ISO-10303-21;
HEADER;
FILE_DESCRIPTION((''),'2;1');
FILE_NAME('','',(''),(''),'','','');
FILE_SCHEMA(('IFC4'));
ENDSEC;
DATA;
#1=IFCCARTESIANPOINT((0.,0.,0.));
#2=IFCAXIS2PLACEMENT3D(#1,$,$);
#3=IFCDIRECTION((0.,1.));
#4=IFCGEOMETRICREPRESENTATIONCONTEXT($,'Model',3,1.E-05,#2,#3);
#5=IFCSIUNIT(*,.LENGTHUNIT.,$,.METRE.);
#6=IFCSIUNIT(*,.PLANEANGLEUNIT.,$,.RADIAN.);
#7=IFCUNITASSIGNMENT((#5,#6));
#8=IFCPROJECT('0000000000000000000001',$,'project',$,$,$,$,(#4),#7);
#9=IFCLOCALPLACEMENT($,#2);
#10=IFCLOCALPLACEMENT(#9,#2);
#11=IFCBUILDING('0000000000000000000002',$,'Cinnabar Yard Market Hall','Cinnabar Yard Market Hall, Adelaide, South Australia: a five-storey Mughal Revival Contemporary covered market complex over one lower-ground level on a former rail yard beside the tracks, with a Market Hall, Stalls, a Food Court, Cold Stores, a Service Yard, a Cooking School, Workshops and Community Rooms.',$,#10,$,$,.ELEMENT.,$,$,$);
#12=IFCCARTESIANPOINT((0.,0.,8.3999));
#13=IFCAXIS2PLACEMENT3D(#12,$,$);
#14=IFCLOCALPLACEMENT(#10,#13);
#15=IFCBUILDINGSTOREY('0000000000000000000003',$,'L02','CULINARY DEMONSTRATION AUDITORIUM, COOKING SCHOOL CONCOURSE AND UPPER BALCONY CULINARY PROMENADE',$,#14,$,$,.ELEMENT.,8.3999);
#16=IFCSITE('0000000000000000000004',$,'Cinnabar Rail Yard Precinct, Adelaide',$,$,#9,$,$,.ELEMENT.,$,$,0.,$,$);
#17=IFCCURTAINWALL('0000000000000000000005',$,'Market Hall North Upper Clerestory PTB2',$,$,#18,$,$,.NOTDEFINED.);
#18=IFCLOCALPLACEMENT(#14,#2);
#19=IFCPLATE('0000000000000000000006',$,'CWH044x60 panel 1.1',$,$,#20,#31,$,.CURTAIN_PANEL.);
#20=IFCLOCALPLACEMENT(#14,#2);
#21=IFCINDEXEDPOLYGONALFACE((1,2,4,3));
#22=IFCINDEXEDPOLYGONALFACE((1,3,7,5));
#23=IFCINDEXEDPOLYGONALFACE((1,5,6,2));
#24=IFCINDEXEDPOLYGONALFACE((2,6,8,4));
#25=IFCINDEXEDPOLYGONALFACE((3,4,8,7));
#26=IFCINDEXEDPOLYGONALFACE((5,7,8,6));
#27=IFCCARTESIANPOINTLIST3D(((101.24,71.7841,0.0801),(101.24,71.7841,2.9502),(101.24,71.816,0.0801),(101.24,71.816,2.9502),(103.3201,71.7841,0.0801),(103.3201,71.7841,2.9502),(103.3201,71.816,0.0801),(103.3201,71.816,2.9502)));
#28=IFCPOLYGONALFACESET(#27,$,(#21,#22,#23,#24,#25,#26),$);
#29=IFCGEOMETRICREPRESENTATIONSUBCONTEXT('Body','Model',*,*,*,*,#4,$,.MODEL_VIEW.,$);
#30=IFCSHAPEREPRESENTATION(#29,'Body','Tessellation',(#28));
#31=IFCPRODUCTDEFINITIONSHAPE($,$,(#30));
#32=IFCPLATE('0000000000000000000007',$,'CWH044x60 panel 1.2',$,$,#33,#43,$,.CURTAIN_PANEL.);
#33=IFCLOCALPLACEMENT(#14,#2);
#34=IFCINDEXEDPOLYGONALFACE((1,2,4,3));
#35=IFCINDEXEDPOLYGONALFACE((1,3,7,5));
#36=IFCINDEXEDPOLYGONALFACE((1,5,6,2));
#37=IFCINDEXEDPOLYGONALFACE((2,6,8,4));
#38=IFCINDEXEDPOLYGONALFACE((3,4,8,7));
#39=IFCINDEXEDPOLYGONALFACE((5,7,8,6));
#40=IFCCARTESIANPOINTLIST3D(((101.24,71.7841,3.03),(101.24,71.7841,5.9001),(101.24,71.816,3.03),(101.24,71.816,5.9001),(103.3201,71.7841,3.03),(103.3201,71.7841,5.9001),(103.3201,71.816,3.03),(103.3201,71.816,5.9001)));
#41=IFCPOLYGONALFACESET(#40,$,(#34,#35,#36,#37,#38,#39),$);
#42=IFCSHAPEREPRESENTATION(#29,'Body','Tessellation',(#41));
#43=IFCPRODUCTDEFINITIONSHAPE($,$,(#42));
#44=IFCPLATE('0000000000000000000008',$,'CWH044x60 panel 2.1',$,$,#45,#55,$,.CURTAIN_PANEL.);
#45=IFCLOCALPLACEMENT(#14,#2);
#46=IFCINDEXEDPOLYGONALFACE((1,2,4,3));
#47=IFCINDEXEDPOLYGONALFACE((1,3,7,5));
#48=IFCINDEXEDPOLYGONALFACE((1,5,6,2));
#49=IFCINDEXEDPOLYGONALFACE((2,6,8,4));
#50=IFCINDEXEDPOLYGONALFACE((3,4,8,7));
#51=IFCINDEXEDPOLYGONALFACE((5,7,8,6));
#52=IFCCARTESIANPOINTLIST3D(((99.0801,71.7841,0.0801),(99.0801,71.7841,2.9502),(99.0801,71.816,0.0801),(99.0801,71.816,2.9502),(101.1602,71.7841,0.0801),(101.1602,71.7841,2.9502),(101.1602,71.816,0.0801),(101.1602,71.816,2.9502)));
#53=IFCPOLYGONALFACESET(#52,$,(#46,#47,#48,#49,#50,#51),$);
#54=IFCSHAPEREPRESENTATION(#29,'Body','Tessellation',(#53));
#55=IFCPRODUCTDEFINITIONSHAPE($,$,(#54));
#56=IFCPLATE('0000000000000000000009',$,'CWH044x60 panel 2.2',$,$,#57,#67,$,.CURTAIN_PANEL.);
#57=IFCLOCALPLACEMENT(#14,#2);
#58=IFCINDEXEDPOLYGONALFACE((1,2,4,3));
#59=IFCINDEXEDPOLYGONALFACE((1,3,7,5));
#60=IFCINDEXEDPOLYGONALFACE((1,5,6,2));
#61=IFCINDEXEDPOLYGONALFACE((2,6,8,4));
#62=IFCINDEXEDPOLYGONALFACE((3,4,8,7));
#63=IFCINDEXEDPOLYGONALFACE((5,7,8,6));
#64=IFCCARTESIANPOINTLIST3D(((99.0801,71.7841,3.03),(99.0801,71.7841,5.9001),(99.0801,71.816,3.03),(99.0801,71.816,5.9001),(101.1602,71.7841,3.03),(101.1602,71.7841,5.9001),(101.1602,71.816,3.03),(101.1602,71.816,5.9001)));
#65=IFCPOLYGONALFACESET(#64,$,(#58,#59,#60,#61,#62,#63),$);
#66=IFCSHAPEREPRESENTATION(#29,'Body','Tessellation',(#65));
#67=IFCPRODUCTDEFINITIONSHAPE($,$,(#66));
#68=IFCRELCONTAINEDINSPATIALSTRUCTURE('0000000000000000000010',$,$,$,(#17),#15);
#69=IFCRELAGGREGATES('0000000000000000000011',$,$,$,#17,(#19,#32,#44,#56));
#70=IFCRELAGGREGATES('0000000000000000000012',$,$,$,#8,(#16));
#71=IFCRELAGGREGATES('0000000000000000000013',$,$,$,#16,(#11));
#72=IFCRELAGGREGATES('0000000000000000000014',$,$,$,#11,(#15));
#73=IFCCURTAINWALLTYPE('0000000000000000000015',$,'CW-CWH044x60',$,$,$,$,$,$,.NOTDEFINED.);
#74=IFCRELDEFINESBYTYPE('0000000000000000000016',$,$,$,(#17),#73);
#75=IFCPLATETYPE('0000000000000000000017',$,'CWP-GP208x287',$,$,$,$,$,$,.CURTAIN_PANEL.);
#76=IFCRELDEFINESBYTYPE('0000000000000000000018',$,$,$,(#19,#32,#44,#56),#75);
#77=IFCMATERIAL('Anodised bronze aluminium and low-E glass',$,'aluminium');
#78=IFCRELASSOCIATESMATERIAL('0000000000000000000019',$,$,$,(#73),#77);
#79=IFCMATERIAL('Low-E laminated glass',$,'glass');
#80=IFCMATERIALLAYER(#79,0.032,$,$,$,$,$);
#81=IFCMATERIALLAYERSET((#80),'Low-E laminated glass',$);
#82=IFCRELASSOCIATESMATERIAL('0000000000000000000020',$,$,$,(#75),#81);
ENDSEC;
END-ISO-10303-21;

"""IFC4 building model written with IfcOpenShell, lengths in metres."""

from ifc_helpers import new_model, si_unit, direction, frame, origin, origin_2d_with_axis, place, context, subcontext, project, spatial, rectangle, extrude, material, layer, layer_set, type_object, element, aggregate, save


model = new_model("IFC4")

# Units and contexts
model_context = context("Model", 3, precision=1e-05, world=origin(), true_north=direction((0.0, 1.0)))
body_context = subcontext(model_context, "Body", "Model", "MODEL_VIEW")
ifc_project = project(units=[si_unit("LENGTHUNIT", "METRE"), si_unit("PLANEANGLEUNIT", "RADIAN")], contexts=[model_context])

# Site, building, storey
site_placement = place(None, origin())
site = spatial("IfcSite", under=ifc_project, at=site_placement, Name="Cinnabar Rail Yard Precinct, Adelaide", CompositionType="ELEMENT", RefElevation=0.0)
building_placement = place(site_placement, origin())
building = spatial("IfcBuilding", under=site, at=building_placement, Name="Cinnabar Yard Market Hall", Description="Cinnabar Yard Market Hall, Adelaide, South Australia: a five-storey Mughal Revival Contemporary covered market complex over one lower-ground level on a former rail yard beside the tracks, with a Market Hall, Stalls, a Food Court, Cold Stores, a Service Yard, a Cooking School, Workshops and Community Rooms.", CompositionType="ELEMENT")
storey_placement = place(building_placement, frame((0.0, 0.0, 8.3999)))
storey = spatial("IfcBuildingStorey", under=building, at=storey_placement, Name="L02", Description="CULINARY DEMONSTRATION AUDITORIUM, COOKING SCHOOL CONCOURSE AND UPPER BALCONY CULINARY PROMENADE", CompositionType="ELEMENT", Elevation=8.3999)

# Shared definitions
ifc_material_1 = material(Name="Anodised bronze aluminium and low-E glass", Category="aluminium")

# Curtain wall
curtain_wall_type_1 = type_object("IfcCurtainWallType", Name="CW-CWH044x60", PredefinedType="NOTDEFINED", material=ifc_material_1)
curtain_wall_1_placement = place(storey_placement, origin())
curtain_wall_1 = element("IfcCurtainWall", 1, at=curtain_wall_1_placement, inside=storey, type_object=curtain_wall_type_1, Name="Market Hall North Upper Clerestory PTB2", PredefinedType="NOTDEFINED")

# Plates
ifc_material_2 = material(Name="Low-E laminated glass", Category="glass")
ifc_layer = layer(ifc_material_2, 0.032)
ifc_layer_set = layer_set([ifc_layer], Name="Low-E laminated glass")
plate_type = type_object("IfcPlateType", Name="CWP-GP208x287", PredefinedType="CURTAIN_PANEL", material=ifc_layer_set)
plate_1_placement = place(storey_placement, frame((102.28, 71.8, 0.0801), z_axis=(0.0, 0.0, 1.0), x_axis=(-1.0, 0.0, 0.0)))
plate_1 = element("IfcPlate", 2, at=plate_1_placement, type_object=plate_type, Name="CWH044x60 panel 1.1", PredefinedType="CURTAIN_PANEL", context=body_context, shape_type="SweptSolid", body=[
    extrude(rectangle(XDim=2.0801, YDim=0.032, at=origin_2d_with_axis()), origin(), (0.0, 0.0, 1.0), 2.8701),
])
plate_2_placement = place(storey_placement, frame((102.28, 71.8, 3.03), z_axis=(0.0, 0.0, 1.0), x_axis=(-1.0, 0.0, 0.0)))
plate_2 = element("IfcPlate", 3, at=plate_2_placement, type_object=plate_type, Name="CWH044x60 panel 1.2", PredefinedType="CURTAIN_PANEL", context=body_context, shape_type="SweptSolid", body=[
    extrude(rectangle(XDim=2.0801, YDim=0.032, at=origin_2d_with_axis()), origin(), (0.0, 0.0, 1.0), 2.8701),
])
plate_3_placement = place(storey_placement, frame((100.1201, 71.8, 0.0801), z_axis=(0.0, 0.0, 1.0), x_axis=(-1.0, 0.0, 0.0)))
plate_3 = element("IfcPlate", 4, at=plate_3_placement, type_object=plate_type, Name="CWH044x60 panel 2.1", PredefinedType="CURTAIN_PANEL", context=body_context, shape_type="SweptSolid", body=[
    extrude(rectangle(XDim=2.0801, YDim=0.032, at=origin_2d_with_axis()), origin(), (0.0, 0.0, 1.0), 2.8701),
])
plate_4_placement = place(storey_placement, frame((100.1201, 71.8, 3.03), z_axis=(0.0, 0.0, 1.0), x_axis=(-1.0, 0.0, 0.0)))
plate_4 = element("IfcPlate", 5, at=plate_4_placement, type_object=plate_type, Name="CWH044x60 panel 2.2", PredefinedType="CURTAIN_PANEL", context=body_context, shape_type="SweptSolid", body=[
    extrude(rectangle(XDim=2.0801, YDim=0.032, at=origin_2d_with_axis()), origin(), (0.0, 0.0, 1.0), 2.8701),
])
aggregate(curtain_wall_1, [plate_1, plate_2, plate_3, plate_4])

save(model, "model.ifc")
